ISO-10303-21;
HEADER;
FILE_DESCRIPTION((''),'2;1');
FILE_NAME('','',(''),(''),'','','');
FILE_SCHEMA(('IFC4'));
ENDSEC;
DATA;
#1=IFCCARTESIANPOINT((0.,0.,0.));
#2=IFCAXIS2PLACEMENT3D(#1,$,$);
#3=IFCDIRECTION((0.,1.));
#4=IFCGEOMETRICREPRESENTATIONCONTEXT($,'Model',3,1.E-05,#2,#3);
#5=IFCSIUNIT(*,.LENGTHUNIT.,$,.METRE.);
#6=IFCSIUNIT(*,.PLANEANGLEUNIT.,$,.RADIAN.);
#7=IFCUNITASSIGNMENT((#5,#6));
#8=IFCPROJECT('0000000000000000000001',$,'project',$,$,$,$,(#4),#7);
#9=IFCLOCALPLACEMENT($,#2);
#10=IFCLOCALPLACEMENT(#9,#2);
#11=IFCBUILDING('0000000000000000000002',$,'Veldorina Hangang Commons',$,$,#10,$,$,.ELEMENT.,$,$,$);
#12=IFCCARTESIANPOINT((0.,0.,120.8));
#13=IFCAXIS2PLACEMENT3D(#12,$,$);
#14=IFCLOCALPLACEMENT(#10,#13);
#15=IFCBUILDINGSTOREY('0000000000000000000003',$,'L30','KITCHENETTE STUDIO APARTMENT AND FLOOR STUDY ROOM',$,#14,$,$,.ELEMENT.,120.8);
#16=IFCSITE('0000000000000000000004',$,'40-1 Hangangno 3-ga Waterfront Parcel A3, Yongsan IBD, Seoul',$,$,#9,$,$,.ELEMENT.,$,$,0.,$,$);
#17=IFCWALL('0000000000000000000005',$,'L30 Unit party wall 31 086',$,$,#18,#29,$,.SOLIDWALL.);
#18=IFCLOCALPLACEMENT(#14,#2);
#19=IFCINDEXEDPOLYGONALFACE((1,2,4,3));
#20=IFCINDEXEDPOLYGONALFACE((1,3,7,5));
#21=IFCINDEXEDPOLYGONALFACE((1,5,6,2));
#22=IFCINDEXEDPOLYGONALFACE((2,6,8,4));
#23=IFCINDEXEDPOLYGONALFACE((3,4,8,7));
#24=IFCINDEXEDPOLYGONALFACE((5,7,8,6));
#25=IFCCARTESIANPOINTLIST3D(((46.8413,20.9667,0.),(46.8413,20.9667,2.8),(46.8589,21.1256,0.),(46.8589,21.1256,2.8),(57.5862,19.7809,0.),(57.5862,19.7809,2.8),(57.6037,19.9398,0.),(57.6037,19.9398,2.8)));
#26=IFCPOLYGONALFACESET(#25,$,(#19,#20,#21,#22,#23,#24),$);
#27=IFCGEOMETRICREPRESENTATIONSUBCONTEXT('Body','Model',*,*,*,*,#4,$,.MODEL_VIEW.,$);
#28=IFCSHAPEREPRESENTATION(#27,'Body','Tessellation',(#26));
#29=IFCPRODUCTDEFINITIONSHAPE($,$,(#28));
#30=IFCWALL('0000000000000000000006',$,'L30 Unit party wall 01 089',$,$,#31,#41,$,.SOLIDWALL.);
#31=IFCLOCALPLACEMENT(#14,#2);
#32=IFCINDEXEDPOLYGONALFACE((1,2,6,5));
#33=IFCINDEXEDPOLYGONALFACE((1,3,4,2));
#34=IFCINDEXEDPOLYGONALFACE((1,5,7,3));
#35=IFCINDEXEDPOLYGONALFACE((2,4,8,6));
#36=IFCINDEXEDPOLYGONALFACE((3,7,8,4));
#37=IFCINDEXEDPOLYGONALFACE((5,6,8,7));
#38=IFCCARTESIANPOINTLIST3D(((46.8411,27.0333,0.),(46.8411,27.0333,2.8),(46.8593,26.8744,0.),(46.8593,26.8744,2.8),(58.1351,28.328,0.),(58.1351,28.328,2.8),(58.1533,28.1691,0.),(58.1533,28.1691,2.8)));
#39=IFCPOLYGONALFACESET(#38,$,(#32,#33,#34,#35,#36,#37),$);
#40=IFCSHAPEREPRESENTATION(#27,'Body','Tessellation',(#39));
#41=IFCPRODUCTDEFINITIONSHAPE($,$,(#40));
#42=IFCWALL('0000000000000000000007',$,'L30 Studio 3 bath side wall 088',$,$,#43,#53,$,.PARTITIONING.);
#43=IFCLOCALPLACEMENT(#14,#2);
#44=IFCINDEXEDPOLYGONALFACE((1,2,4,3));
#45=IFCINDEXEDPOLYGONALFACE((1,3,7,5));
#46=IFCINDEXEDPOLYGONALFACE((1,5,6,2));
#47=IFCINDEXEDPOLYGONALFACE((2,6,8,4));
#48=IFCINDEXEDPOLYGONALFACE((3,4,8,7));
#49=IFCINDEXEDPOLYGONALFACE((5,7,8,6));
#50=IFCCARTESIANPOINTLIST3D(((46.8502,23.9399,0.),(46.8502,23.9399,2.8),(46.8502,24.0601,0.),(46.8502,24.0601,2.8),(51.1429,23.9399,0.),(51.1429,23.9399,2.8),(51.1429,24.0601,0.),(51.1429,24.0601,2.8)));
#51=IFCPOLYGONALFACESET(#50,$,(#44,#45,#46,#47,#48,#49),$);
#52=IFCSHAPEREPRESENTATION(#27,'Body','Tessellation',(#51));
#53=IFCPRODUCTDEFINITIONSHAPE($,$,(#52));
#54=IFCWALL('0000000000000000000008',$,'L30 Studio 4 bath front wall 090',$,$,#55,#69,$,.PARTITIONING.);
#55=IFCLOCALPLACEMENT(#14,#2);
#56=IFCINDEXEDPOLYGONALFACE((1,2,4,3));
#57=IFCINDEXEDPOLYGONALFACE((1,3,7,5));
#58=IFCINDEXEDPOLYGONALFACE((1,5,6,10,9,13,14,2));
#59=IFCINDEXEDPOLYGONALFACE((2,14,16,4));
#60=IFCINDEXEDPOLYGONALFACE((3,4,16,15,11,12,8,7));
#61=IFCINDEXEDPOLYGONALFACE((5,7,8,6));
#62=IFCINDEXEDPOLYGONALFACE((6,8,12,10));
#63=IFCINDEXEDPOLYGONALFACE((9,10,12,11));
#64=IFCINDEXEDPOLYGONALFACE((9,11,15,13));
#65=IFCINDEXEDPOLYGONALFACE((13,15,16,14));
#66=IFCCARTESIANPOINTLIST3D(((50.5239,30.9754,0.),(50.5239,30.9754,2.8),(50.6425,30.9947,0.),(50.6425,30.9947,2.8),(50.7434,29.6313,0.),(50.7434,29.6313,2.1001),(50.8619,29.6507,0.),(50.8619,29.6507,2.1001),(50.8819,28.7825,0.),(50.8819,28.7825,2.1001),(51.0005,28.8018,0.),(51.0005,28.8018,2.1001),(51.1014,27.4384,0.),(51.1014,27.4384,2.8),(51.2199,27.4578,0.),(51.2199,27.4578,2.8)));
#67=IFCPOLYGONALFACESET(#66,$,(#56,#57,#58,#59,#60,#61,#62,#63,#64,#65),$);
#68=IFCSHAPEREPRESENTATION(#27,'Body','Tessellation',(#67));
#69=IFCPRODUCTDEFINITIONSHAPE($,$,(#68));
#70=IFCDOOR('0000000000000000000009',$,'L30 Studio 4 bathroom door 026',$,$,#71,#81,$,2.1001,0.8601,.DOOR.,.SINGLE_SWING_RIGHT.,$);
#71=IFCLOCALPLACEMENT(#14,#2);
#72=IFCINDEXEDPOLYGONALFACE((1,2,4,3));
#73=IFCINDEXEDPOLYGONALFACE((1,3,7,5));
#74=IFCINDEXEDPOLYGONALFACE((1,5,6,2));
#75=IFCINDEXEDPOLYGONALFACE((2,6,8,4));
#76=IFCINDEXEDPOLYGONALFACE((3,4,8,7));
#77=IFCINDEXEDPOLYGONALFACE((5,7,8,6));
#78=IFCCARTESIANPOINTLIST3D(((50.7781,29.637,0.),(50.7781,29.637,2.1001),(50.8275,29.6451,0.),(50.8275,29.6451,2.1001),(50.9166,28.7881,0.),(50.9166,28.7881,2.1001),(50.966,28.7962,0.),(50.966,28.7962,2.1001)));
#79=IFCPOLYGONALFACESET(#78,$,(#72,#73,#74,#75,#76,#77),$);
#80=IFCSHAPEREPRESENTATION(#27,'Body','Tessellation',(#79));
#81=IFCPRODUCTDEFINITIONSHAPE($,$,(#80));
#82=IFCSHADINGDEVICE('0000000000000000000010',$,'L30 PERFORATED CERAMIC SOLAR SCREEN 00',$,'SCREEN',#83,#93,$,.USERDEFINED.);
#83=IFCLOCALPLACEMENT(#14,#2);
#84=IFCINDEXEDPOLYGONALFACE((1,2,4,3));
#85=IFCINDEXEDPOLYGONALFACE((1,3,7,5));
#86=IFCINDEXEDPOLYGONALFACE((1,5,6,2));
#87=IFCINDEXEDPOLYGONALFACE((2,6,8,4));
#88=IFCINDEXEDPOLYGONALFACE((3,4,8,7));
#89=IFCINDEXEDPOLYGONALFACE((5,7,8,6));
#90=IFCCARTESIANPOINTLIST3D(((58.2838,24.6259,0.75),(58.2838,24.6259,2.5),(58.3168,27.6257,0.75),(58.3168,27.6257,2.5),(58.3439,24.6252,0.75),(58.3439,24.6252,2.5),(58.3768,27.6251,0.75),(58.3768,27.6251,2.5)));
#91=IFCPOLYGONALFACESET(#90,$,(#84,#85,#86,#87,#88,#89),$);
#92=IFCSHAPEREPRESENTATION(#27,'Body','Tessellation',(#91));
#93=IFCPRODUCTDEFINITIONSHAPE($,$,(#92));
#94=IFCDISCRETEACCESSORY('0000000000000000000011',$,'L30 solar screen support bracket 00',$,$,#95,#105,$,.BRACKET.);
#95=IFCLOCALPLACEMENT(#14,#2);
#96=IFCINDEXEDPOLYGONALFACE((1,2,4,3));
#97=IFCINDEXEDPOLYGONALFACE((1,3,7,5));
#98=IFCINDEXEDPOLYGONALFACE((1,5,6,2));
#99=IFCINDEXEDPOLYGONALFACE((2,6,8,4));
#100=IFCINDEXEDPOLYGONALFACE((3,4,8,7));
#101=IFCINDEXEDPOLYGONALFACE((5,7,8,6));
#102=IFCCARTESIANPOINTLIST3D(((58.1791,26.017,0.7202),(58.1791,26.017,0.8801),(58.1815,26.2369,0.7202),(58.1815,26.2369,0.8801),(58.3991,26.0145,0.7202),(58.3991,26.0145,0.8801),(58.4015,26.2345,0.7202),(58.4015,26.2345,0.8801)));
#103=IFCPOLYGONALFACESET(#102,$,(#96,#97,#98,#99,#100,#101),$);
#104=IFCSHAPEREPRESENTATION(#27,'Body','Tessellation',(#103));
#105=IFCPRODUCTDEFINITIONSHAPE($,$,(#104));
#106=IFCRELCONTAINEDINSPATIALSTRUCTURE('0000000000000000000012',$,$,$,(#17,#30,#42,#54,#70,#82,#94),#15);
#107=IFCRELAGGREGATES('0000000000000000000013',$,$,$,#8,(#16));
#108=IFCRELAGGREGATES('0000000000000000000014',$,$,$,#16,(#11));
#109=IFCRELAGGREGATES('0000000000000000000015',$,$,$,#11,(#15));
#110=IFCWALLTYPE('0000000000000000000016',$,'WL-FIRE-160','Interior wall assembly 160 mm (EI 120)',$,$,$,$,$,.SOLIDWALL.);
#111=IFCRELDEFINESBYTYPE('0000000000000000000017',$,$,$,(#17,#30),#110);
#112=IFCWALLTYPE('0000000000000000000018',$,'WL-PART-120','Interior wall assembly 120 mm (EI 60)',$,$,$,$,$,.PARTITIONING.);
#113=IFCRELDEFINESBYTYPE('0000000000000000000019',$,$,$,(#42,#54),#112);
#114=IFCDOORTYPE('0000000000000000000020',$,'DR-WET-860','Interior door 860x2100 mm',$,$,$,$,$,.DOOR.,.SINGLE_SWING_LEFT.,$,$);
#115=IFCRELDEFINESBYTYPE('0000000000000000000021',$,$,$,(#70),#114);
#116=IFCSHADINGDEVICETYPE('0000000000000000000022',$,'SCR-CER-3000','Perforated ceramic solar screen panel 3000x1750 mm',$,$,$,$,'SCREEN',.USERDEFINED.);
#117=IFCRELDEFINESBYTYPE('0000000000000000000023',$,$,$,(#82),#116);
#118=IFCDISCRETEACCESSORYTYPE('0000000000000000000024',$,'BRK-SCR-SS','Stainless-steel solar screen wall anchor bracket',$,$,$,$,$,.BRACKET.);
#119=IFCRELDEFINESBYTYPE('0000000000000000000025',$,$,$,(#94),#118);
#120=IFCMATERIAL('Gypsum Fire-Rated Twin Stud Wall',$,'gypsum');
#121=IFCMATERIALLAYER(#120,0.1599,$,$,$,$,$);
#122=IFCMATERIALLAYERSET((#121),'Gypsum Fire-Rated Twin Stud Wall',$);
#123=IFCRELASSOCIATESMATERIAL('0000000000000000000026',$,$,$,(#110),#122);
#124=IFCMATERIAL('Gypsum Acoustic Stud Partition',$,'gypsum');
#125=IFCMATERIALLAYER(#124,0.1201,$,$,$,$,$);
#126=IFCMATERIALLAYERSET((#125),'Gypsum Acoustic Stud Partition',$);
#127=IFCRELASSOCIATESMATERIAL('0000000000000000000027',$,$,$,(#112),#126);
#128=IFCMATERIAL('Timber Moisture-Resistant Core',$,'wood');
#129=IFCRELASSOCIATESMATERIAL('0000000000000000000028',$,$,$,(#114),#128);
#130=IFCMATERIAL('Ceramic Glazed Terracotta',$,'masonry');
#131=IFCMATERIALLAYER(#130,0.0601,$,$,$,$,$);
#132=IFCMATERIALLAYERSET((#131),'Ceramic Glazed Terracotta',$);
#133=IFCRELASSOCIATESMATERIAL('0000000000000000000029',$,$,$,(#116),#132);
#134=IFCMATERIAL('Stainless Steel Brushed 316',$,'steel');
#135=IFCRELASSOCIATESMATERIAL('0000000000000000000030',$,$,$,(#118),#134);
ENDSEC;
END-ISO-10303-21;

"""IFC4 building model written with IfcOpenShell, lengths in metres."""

from ifc_helpers import new_model, si_unit, direction, frame, frame_2d, origin, origin_2d, place, context, subcontext, project, spatial, rectangle, extrude, material, layer, layer_set, type_object, element, fill, save


model = new_model("IFC4")

# Units and contexts
model_context = context("Model", 3, precision=1e-05, world=origin(), true_north=direction((0.0, 1.0)))
body_context = subcontext(model_context, "Body", "Model", "MODEL_VIEW")
ifc_project = project(units=[si_unit("LENGTHUNIT", "METRE"), si_unit("PLANEANGLEUNIT", "RADIAN")], contexts=[model_context])

# Site, building, storey
site_placement = place(None, origin())
site = spatial("IfcSite", under=ifc_project, at=site_placement, Name="40-1 Hangangno 3-ga Waterfront Parcel A3, Yongsan IBD, Seoul", CompositionType="ELEMENT", RefElevation=0.0)
building_placement = place(site_placement, origin())
building = spatial("IfcBuilding", under=site, at=building_placement, Name="Veldorina Hangang Commons", CompositionType="ELEMENT")
storey_placement = place(building_placement, frame((0.0, 0.0, 120.8)))
storey = spatial("IfcBuildingStorey", under=building, at=storey_placement, Name="L30", Description="KITCHENETTE STUDIO APARTMENT AND FLOOR STUDY ROOM", CompositionType="ELEMENT", Elevation=120.8)

# Shared definitions
ifc_material_1 = material(Name="Gypsum Fire-Rated Twin Stud Wall", Category="gypsum")
ifc_layer_1 = layer(ifc_material_1, 0.1599)
ifc_layer_set_1 = layer_set([ifc_layer_1], Name="Gypsum Fire-Rated Twin Stud Wall")
wall_type_1 = type_object("IfcWallType", Name="WL-FIRE-160", Description="Interior wall assembly 160 mm (EI 120)", PredefinedType="SOLIDWALL", material=ifc_layer_set_1)

# Walls
wall_1_placement = place(storey_placement, frame((46.8501, 21.0461, 0.0), z_axis=(0.0, 0.0, 1.0), x_axis=(0.993966, -0.109693, 0.0)))
element("IfcWall", 1, at=wall_1_placement, inside=storey, type_object=wall_type_1, Name="L30 Unit party wall 31 086", PredefinedType="SOLIDWALL", context=body_context, shape_type="SweptSolid", body=[
    extrude(rectangle(XDim=10.8101, YDim=0.1599, at=frame_2d((5.405, 0.0))), origin(), (0.0, 0.0, 1.0), 2.8),
])
wall_2_placement = place(storey_placement, frame((46.8501, 26.9539, 0.0), z_axis=(0.0, 0.0, 1.0), x_axis=(0.993494, 0.113889, 0.0)))
element("IfcWall", 2, at=wall_2_placement, inside=storey, type_object=wall_type_1, Name="L30 Unit party wall 01 089", PredefinedType="SOLIDWALL", context=body_context, shape_type="SweptSolid", body=[
    extrude(rectangle(XDim=11.3679, YDim=0.1599, at=frame_2d((5.6841, 0.0))), origin(), (0.0, 0.0, 1.0), 2.8),
])
ifc_material_2 = material(Name="Gypsum Acoustic Stud Partition", Category="gypsum")
ifc_layer_2 = layer(ifc_material_2, 0.1201)
ifc_layer_set_2 = layer_set([ifc_layer_2], Name="Gypsum Acoustic Stud Partition")
wall_type_2 = type_object("IfcWallType", Name="WL-PART-120", Description="Interior wall assembly 120 mm (EI 60)", PredefinedType="PARTITIONING", material=ifc_layer_set_2)
wall_3_placement = place(storey_placement, frame((46.8501, 24.0, 0.0), z_axis=(0.0, 0.0, 1.0), x_axis=(1.0, 0.0, 0.0)))
element("IfcWall", 3, at=wall_3_placement, inside=storey, type_object=wall_type_2, Name="L30 Studio 3 bath side wall 088", PredefinedType="PARTITIONING", context=body_context, shape_type="SweptSolid", body=[
    extrude(rectangle(XDim=4.2927, YDim=0.1201, at=frame_2d((2.1465, 0.0))), origin(), (0.0, 0.0, 1.0), 2.8),
])

# Wall, opening, door
wall_4_placement = place(storey_placement, frame((51.1606, 27.448, 0.0), z_axis=(0.0, 0.0, 1.0), x_axis=(-0.161117, 0.986935, 0.0)))
wall_4 = element("IfcWall", 4, at=wall_4_placement, inside=storey, type_object=wall_type_2, Name="L30 Studio 4 bath front wall 090", PredefinedType="PARTITIONING", context=body_context, shape_type="SweptSolid", body=[
    extrude(rectangle(XDim=3.5837, YDim=0.1201, at=frame_2d((1.792, 0.0))), origin(), (0.0, 0.0, 1.0), 2.8),
])
opening_1_placement = place(wall_4_placement, frame((1.3618, 0.0, 0.0)))
opening_1 = element("IfcOpeningElement", 5, at=opening_1_placement, cuts=wall_4, PredefinedType="OPENING", context=body_context, shape_type="SweptSolid", body=[
    extrude(rectangle(XDim=0.8601, YDim=2.1001, at=frame_2d((0.4302, 1.05))), frame((0.0, 0.0701, 0.0), z_axis=(0.0, -1.0, 0.0), x_axis=(1.0, 0.0, 0.0)), (0.0, 0.0, 1.0), 0.1401),
])
ifc_material_3 = material(Name="Timber Moisture-Resistant Core", Category="wood")
door_type_1 = type_object("IfcDoorType", Name="DR-WET-860", Description="Interior door 860x2100 mm", OperationType="SINGLE_SWING_LEFT", PredefinedType="DOOR", material=ifc_material_3)
door_1_placement = place(opening_1_placement, origin())
door_1 = element("IfcDoor", 6, at=door_1_placement, inside=storey, type_object=door_type_1, Name="L30 Studio 4 bathroom door 026", OperationType="SINGLE_SWING_RIGHT", OverallHeight=2.1001, OverallWidth=0.8601, PredefinedType="DOOR", context=body_context, shape_type="SweptSolid", body=[
    extrude(rectangle(XDim=0.8601, YDim=2.1001, at=frame_2d((0.4302, 1.05))), frame((0.0, 0.0249, 0.0), z_axis=(0.0, -1.0, 0.0), x_axis=(1.0, 0.0, 0.0)), (0.0, 0.0, 1.0), 0.05),
])
fill(opening_1, door_1)

# Shading device
ifc_material_4 = material(Name="Ceramic Glazed Terracotta", Category="masonry")
ifc_layer_3 = layer(ifc_material_4, 0.0601)
ifc_layer_set_3 = layer_set([ifc_layer_3], Name="Ceramic Glazed Terracotta")
shading_device_type = type_object("IfcShadingDeviceType", Name="SCR-CER-3000", Description="Perforated ceramic solar screen panel 3000x1750 mm", ElementType="SCREEN", PredefinedType="USERDEFINED", material=ifc_layer_set_3)
shading_device_placement = place(storey_placement, frame((58.3303, 26.1255, 0.75), z_axis=(0.0, 0.0, 1.0), x_axis=(0.010995, 0.99994, 0.0)))
element("IfcShadingDevice", 7, at=shading_device_placement, inside=storey, type_object=shading_device_type, Name="L30 PERFORATED CERAMIC SOLAR SCREEN 00", ObjectType="SCREEN", PredefinedType="USERDEFINED", context=body_context, shape_type="SweptSolid", body=[
    extrude(rectangle(XDim=3.0, YDim=0.0601, at=origin_2d()), origin(), (0.0, 0.0, 1.0), 1.75),
])

# Discrete accessory
ifc_material_5 = material(Name="Stainless Steel Brushed 316", Category="steel")
discrete_accessory_type = type_object("IfcDiscreteAccessoryType", Name="BRK-SCR-SS", Description="Stainless-steel solar screen wall anchor bracket", PredefinedType="BRACKET", material=ifc_material_5)
discrete_accessory_placement = place(storey_placement, frame((58.2903, 26.1257, 0.7202), z_axis=(0.0, 0.0, 1.0), x_axis=(0.010995, 0.99994, 0.0)))
element("IfcDiscreteAccessory", 8, at=discrete_accessory_placement, inside=storey, type_object=discrete_accessory_type, Name="L30 solar screen support bracket 00", PredefinedType="BRACKET", context=body_context, shape_type="SweptSolid", body=[
    extrude(rectangle(XDim=0.22, YDim=0.22, at=origin_2d()), origin(), (0.0, 0.0, 1.0), 0.1599),
])

save(model, "model.ifc")
